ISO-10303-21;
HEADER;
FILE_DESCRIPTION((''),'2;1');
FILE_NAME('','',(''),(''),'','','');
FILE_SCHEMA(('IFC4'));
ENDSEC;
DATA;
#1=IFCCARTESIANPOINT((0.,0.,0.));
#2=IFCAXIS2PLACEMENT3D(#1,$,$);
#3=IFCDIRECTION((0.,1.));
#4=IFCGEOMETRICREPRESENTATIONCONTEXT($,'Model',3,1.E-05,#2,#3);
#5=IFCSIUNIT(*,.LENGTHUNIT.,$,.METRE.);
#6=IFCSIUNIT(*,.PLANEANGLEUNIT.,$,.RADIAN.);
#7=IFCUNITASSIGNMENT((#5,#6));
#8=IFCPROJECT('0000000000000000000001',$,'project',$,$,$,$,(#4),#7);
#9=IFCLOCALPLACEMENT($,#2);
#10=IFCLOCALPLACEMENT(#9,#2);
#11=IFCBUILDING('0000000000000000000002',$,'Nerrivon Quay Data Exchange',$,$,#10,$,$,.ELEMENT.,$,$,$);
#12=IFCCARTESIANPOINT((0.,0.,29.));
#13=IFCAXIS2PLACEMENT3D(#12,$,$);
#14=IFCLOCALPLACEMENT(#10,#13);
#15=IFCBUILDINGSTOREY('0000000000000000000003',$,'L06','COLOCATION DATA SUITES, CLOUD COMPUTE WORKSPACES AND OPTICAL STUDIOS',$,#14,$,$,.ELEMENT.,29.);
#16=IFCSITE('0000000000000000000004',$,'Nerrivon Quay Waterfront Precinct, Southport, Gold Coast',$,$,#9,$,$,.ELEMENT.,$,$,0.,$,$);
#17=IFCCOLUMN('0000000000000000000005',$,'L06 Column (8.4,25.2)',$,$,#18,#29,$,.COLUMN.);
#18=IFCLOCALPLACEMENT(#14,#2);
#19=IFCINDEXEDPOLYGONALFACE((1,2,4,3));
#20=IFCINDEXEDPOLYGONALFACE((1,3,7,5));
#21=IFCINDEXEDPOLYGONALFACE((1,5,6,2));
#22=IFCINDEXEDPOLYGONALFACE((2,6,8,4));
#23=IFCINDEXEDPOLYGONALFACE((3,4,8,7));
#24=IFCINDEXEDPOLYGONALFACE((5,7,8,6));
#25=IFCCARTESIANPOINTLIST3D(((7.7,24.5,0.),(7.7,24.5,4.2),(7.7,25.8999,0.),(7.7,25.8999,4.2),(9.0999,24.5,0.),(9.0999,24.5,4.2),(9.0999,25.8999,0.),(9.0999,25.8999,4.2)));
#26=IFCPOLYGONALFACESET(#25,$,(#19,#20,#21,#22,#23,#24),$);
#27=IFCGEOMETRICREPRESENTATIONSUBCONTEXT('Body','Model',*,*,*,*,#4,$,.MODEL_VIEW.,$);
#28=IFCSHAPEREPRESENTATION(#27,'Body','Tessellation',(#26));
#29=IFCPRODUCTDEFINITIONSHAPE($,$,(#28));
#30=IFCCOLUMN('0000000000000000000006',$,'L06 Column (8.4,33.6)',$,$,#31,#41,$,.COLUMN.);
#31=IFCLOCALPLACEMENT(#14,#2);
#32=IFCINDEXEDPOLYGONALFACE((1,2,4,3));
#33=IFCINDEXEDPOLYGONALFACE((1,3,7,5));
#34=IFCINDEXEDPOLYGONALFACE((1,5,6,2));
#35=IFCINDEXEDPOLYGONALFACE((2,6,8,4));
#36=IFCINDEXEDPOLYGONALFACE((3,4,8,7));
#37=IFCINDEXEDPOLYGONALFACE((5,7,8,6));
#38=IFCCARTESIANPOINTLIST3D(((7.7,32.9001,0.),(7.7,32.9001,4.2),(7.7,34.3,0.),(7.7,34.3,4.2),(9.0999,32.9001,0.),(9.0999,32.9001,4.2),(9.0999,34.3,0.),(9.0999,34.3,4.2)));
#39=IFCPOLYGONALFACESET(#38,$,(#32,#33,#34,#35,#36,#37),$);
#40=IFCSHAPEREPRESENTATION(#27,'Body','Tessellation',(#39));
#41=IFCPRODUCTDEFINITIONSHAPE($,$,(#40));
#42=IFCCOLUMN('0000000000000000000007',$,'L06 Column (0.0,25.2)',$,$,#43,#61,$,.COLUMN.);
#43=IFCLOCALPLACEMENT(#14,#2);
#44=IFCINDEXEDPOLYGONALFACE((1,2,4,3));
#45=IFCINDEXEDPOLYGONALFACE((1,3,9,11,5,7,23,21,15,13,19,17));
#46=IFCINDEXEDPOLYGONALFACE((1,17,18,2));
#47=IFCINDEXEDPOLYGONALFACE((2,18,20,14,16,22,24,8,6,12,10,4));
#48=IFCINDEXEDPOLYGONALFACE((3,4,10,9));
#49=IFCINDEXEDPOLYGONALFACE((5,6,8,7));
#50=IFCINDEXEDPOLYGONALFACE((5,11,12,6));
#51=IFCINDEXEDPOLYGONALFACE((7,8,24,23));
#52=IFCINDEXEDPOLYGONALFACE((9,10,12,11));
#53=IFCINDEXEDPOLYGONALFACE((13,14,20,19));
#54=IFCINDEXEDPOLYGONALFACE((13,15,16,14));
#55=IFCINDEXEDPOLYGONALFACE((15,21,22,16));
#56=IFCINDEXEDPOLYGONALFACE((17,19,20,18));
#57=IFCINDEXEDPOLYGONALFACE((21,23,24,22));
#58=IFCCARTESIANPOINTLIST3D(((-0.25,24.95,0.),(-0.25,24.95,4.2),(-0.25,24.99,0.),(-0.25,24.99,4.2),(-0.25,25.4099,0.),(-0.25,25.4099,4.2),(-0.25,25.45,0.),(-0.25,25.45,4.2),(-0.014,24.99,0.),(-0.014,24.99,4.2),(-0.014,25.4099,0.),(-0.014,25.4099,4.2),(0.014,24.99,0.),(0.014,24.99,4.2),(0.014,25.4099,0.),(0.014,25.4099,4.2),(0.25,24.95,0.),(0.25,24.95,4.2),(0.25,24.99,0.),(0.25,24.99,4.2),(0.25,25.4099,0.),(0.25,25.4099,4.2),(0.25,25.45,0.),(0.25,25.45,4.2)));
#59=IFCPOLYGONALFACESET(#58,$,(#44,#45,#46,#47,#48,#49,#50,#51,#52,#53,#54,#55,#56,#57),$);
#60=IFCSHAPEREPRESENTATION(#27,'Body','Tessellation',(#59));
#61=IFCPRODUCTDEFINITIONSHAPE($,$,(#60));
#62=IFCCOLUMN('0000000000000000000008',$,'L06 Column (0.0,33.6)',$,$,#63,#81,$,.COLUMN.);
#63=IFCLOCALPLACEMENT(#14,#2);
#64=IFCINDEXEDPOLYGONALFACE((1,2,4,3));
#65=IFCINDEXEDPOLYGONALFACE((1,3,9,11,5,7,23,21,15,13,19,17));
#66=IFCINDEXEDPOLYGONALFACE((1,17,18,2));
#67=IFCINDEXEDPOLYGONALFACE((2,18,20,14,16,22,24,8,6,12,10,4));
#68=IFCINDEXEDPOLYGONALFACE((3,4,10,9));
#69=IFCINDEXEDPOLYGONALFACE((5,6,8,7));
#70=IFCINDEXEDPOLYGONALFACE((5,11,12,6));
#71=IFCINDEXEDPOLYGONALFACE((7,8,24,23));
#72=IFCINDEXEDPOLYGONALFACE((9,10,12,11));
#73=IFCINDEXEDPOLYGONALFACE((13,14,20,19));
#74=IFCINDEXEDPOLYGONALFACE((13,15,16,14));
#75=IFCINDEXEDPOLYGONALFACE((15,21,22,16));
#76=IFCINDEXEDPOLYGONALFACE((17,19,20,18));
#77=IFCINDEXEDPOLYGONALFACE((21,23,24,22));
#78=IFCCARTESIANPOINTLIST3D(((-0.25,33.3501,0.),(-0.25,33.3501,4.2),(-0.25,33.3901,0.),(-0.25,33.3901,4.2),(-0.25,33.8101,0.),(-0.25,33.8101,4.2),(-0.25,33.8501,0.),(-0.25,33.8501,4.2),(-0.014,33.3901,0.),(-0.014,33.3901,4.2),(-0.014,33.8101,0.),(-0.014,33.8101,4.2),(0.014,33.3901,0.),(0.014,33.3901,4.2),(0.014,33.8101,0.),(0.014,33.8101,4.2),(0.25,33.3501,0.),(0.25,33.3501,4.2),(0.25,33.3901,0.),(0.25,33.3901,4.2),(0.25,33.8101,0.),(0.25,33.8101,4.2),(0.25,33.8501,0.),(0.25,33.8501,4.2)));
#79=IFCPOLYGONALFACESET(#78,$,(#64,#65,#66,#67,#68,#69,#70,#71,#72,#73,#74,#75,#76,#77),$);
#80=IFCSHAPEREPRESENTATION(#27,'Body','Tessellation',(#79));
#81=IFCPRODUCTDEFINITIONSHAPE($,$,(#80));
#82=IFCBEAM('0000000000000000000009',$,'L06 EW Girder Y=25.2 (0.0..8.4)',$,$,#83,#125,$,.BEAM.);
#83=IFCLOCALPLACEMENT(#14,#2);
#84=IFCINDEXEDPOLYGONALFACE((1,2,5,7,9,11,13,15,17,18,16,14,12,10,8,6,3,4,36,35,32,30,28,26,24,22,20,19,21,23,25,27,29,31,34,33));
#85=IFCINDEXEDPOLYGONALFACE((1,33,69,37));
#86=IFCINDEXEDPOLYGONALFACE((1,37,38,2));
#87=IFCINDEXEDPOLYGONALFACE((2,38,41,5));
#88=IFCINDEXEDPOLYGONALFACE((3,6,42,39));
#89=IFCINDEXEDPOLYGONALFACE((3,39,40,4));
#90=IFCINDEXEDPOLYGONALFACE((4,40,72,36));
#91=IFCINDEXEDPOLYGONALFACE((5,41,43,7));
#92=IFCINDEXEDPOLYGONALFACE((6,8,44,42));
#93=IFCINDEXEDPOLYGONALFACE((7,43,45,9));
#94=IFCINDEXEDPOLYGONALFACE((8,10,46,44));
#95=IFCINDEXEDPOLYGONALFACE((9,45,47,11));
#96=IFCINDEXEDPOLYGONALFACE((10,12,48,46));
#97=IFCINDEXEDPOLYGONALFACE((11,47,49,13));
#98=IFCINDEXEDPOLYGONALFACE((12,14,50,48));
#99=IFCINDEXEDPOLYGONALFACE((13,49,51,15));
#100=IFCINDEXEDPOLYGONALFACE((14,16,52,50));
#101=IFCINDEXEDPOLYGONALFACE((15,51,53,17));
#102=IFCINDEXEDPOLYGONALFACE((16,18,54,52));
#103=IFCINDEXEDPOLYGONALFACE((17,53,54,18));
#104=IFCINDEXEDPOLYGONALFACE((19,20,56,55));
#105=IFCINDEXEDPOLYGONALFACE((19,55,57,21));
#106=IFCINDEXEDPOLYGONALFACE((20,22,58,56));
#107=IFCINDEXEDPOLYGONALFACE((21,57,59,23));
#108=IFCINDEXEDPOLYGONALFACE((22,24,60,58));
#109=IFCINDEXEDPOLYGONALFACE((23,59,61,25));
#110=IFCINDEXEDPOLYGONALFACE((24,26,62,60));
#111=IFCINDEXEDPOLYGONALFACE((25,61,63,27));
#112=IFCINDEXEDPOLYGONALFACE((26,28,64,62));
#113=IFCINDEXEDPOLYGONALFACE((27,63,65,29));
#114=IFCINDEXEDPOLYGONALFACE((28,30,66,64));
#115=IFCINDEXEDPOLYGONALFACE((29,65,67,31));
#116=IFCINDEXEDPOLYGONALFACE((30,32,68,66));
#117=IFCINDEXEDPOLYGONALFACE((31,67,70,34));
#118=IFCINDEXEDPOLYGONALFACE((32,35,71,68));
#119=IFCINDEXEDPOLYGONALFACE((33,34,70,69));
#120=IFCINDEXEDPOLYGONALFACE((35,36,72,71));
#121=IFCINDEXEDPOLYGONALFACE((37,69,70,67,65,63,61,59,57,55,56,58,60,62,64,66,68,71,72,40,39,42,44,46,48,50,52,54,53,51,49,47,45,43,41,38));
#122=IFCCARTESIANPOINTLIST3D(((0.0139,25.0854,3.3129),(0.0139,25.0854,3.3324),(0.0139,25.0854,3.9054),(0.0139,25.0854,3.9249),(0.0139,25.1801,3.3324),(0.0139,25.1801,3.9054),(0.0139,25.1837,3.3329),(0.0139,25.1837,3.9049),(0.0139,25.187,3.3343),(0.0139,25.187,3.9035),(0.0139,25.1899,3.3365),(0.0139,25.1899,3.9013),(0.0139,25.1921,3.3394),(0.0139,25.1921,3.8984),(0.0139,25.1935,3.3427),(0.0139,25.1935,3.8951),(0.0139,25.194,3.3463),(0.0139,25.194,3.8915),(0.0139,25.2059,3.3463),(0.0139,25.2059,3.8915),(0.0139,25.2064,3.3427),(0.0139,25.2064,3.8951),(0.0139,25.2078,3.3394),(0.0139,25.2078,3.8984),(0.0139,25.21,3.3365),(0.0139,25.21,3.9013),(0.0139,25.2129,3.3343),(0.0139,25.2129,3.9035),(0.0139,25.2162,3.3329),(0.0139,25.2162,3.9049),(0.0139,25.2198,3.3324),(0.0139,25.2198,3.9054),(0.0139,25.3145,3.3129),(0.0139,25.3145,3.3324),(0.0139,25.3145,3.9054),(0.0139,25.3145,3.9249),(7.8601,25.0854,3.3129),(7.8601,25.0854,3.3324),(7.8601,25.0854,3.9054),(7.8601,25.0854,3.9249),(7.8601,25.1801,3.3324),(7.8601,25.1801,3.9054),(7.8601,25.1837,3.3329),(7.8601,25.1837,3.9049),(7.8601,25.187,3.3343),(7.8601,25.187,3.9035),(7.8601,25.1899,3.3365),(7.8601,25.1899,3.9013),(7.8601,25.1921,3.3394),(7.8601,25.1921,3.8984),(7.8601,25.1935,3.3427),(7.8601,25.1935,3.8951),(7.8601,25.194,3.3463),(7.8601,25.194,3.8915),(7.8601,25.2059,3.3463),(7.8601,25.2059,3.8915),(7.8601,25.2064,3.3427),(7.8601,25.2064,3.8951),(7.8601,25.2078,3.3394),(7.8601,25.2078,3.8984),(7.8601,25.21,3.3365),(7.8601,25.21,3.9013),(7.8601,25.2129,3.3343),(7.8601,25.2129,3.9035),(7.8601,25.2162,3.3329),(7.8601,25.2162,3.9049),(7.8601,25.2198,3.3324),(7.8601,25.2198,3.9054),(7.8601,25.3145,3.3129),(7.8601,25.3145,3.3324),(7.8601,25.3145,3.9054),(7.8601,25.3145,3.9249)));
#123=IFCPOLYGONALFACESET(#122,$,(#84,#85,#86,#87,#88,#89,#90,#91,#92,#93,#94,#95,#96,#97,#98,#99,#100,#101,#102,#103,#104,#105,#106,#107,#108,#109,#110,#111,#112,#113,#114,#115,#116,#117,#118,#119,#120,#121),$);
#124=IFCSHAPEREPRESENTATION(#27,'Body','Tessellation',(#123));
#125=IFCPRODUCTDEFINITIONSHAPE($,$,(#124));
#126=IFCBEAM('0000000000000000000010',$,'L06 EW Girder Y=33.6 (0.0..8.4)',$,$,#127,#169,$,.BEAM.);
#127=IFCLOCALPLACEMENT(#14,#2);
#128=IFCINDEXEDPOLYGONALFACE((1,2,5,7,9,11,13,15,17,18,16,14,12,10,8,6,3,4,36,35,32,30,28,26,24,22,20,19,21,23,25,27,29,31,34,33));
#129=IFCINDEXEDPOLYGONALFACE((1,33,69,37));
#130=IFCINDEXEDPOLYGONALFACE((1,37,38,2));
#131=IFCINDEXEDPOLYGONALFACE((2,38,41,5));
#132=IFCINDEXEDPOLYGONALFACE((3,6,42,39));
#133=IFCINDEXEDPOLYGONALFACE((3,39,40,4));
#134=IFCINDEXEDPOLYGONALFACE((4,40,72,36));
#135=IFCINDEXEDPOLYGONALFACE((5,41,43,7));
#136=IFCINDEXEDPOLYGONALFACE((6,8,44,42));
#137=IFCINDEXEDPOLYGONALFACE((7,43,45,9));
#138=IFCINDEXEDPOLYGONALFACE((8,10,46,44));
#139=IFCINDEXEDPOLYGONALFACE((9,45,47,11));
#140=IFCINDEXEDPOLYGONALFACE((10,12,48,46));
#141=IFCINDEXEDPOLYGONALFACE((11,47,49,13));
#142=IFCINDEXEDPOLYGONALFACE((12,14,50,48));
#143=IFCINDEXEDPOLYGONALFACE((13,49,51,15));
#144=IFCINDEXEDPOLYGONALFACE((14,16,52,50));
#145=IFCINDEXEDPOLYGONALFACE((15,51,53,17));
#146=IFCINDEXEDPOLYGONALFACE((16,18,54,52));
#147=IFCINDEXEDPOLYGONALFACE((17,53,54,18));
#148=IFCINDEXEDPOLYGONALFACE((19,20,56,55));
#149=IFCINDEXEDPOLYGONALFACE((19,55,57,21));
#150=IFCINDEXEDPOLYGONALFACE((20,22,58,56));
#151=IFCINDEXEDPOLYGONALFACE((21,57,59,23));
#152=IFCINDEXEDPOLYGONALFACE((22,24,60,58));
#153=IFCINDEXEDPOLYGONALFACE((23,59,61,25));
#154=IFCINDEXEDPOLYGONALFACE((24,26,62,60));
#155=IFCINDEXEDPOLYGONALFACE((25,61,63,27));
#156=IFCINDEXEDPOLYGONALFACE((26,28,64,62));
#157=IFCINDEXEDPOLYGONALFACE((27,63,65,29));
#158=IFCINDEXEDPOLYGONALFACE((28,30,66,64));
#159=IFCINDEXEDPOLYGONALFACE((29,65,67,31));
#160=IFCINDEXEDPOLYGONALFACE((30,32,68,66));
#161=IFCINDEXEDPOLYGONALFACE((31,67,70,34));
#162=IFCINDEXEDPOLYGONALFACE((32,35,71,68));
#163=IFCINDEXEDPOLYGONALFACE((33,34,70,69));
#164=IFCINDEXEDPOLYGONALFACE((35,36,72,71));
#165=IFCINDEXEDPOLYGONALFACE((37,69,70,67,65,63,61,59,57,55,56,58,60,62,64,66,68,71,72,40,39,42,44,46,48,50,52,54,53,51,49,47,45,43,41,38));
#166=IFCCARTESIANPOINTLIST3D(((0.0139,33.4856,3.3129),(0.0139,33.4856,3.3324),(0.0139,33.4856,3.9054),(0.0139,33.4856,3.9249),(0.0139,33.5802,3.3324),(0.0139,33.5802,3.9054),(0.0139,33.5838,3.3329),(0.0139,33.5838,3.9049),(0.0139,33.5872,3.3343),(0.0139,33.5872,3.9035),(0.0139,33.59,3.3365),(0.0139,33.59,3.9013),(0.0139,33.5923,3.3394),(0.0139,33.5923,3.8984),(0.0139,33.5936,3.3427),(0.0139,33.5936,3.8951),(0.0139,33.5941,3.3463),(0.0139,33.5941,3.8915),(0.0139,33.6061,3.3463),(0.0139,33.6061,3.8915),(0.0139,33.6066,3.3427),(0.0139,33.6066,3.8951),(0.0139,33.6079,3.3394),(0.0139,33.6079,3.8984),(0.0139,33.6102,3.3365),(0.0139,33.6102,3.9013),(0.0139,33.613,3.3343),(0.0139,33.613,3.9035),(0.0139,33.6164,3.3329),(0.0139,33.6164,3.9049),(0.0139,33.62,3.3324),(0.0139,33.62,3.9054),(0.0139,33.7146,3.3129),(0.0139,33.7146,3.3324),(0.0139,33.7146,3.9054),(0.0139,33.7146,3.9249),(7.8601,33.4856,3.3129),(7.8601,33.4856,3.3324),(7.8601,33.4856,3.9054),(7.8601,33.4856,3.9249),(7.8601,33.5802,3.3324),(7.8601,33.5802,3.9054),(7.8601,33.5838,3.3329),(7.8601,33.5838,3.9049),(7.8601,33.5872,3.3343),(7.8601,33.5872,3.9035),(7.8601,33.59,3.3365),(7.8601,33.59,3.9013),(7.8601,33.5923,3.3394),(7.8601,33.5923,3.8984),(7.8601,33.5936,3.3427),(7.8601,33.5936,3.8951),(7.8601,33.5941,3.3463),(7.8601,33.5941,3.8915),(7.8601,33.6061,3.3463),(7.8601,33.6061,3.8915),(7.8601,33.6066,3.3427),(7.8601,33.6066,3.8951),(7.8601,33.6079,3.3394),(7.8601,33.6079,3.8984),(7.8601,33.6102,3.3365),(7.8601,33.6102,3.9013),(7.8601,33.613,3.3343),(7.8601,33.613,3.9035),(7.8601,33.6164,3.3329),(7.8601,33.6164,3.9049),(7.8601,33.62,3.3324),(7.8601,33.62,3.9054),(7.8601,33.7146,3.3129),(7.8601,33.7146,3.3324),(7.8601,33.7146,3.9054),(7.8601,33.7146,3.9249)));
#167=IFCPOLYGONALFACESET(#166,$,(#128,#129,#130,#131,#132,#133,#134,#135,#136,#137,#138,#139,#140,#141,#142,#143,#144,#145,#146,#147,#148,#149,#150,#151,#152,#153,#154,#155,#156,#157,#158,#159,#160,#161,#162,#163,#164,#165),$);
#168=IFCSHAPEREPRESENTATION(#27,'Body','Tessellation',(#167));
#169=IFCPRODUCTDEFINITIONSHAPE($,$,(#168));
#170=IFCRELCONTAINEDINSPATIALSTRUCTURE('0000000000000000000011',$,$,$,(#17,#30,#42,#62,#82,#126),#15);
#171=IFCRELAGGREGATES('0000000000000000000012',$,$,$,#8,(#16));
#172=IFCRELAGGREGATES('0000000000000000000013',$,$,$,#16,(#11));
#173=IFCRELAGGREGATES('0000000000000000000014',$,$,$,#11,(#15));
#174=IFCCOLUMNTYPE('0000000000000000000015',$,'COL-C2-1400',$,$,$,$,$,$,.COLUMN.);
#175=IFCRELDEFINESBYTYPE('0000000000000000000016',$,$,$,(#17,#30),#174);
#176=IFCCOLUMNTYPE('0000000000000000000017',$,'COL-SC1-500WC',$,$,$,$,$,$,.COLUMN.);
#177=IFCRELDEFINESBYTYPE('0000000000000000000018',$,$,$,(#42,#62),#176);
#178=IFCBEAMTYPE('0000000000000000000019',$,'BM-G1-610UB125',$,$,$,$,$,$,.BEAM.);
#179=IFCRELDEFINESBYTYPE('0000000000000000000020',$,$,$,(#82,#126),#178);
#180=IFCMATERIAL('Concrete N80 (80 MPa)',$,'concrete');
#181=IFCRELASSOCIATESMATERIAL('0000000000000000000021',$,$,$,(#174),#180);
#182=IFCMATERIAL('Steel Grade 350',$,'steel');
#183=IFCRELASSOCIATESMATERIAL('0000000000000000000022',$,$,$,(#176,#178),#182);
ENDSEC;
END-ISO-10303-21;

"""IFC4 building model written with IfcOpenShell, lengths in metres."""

from ifc_helpers import new_model, si_unit, direction, frame, origin, origin_2d, place, context, subcontext, project, spatial, rectangle, i_section, extrude, material, material_profile, profile_set, type_object, element, save


model = new_model("IFC4")

# Units and contexts
model_context = context("Model", 3, precision=1e-05, world=origin(), true_north=direction((0.0, 1.0)))
body_context = subcontext(model_context, "Body", "Model", "MODEL_VIEW")
ifc_project = project(units=[si_unit("LENGTHUNIT", "METRE"), si_unit("PLANEANGLEUNIT", "RADIAN")], contexts=[model_context])

# Site, building, storey
site_placement = place(None, origin())
site = spatial("IfcSite", under=ifc_project, at=site_placement, Name="Nerrivon Quay Waterfront Precinct, Southport, Gold Coast", CompositionType="ELEMENT", RefElevation=0.0)
building_placement = place(site_placement, origin())
building = spatial("IfcBuilding", under=site, at=building_placement, Name="Nerrivon Quay Data Exchange", CompositionType="ELEMENT")
storey_placement = place(building_placement, frame((0.0, 0.0, 29.0)))
storey = spatial("IfcBuildingStorey", under=building, at=storey_placement, Name="L06", Description="COLOCATION DATA SUITES, CLOUD COMPUTE WORKSPACES AND OPTICAL STUDIOS", CompositionType="ELEMENT", Elevation=29.0)

# Columns
ifc_material_1 = material(Name="Concrete N80 (80 MPa)", Category="concrete")
ifc_material_profile_1 = material_profile(ifc_material_1, rectangle(XDim=1.3999, YDim=1.3999, at=origin_2d()), Name="RC-COL-1400x1400")
ifc_profile_set_1 = profile_set([ifc_material_profile_1], Name="Concrete N80 (80 MPa)")
column_type_1 = type_object("IfcColumnType", Name="COL-C2-1400", PredefinedType="COLUMN", material=ifc_profile_set_1)
for number, where, z_axis, x_axis, name in (
    (1, (8.3999, 25.2, 0.0), (0.0, 0.0, 1.0), (1.0, 0.0, 0.0), "L06 Column (8.4,25.2)"),
    (2, (8.3999, 33.6001, 0.0), (0.0, 0.0, 1.0), (1.0, 0.0, 0.0), "L06 Column (8.4,33.6)"),
):
    element("IfcColumn", number, at=place(storey_placement, frame(where, z_axis=z_axis, x_axis=x_axis)), inside=storey, type_object=column_type_1, Name=name, PredefinedType="COLUMN", context=body_context, shape_type="SweptSolid", body=[
        extrude(rectangle(XDim=1.3999, YDim=1.3999, at=origin_2d()), origin(), (0.0, 0.0, 1.0), 4.2),
    ])
ifc_material_2 = material(Name="Steel Grade 350", Category="steel")
ifc_material_profile_2 = material_profile(ifc_material_2, i_section(OverallWidth=0.5, OverallDepth=0.5, WebThickness=0.0281, FlangeThickness=0.04, at=origin_2d()), Name="500WC440")
ifc_profile_set_2 = profile_set([ifc_material_profile_2], Name="Steel Grade 350")
column_type_2 = type_object("IfcColumnType", Name="COL-SC1-500WC", PredefinedType="COLUMN", material=ifc_profile_set_2)
for number, where, z_axis, x_axis, name in (
    (3, (0.0, 25.2, 0.0), (0.0, 0.0, 1.0), (1.0, 0.0, 0.0), "L06 Column (0.0,25.2)"),
    (4, (0.0, 33.6001, 0.0), (0.0, 0.0, 1.0), (1.0, 0.0, 0.0), "L06 Column (0.0,33.6)"),
):
    element("IfcColumn", number, at=place(storey_placement, frame(where, z_axis=z_axis, x_axis=x_axis)), inside=storey, type_object=column_type_2, Name=name, PredefinedType="COLUMN", context=body_context, shape_type="SweptSolid", body=[
        extrude(i_section(OverallWidth=0.5, OverallDepth=0.5, WebThickness=0.0281, FlangeThickness=0.04, at=origin_2d()), origin(), (0.0, 0.0, 1.0), 4.2),
    ])

# Beams
ifc_material_profile_3 = material_profile(ifc_material_2, i_section(OverallWidth=0.229, OverallDepth=0.6121, WebThickness=0.012, FlangeThickness=0.0195, FilletRadius=0.0139, at=origin_2d()), Name="610UB125")
ifc_profile_set_3 = profile_set([ifc_material_profile_3], Name="Steel Grade 350")
beam_type_1 = type_object("IfcBeamType", Name="BM-G1-610UB125", PredefinedType="BEAM", material=ifc_profile_set_3)
for number, where, z_axis, x_axis, name in (
    (5, (0.0139, 25.2, 3.6189), (1.0, 0.0, 0.0), (0.0, 1.0, 0.0), "L06 EW Girder Y=25.2 (0.0..8.4)"),
    (6, (0.0139, 33.6001, 3.6189), (1.0, 0.0, 0.0), (0.0, 1.0, 0.0), "L06 EW Girder Y=33.6 (0.0..8.4)"),
):
    element("IfcBeam", number, at=place(storey_placement, frame(where, z_axis=z_axis, x_axis=x_axis)), inside=storey, type_object=beam_type_1, Name=name, PredefinedType="BEAM", context=body_context, shape_type="SweptSolid", body=[
        extrude(i_section(OverallWidth=0.229, OverallDepth=0.6121, WebThickness=0.012, FlangeThickness=0.0195, FilletRadius=0.0139, at=origin_2d()), origin(), (0.0, 0.0, 1.0), 7.8462),
    ])

save(model, "model.ifc")
